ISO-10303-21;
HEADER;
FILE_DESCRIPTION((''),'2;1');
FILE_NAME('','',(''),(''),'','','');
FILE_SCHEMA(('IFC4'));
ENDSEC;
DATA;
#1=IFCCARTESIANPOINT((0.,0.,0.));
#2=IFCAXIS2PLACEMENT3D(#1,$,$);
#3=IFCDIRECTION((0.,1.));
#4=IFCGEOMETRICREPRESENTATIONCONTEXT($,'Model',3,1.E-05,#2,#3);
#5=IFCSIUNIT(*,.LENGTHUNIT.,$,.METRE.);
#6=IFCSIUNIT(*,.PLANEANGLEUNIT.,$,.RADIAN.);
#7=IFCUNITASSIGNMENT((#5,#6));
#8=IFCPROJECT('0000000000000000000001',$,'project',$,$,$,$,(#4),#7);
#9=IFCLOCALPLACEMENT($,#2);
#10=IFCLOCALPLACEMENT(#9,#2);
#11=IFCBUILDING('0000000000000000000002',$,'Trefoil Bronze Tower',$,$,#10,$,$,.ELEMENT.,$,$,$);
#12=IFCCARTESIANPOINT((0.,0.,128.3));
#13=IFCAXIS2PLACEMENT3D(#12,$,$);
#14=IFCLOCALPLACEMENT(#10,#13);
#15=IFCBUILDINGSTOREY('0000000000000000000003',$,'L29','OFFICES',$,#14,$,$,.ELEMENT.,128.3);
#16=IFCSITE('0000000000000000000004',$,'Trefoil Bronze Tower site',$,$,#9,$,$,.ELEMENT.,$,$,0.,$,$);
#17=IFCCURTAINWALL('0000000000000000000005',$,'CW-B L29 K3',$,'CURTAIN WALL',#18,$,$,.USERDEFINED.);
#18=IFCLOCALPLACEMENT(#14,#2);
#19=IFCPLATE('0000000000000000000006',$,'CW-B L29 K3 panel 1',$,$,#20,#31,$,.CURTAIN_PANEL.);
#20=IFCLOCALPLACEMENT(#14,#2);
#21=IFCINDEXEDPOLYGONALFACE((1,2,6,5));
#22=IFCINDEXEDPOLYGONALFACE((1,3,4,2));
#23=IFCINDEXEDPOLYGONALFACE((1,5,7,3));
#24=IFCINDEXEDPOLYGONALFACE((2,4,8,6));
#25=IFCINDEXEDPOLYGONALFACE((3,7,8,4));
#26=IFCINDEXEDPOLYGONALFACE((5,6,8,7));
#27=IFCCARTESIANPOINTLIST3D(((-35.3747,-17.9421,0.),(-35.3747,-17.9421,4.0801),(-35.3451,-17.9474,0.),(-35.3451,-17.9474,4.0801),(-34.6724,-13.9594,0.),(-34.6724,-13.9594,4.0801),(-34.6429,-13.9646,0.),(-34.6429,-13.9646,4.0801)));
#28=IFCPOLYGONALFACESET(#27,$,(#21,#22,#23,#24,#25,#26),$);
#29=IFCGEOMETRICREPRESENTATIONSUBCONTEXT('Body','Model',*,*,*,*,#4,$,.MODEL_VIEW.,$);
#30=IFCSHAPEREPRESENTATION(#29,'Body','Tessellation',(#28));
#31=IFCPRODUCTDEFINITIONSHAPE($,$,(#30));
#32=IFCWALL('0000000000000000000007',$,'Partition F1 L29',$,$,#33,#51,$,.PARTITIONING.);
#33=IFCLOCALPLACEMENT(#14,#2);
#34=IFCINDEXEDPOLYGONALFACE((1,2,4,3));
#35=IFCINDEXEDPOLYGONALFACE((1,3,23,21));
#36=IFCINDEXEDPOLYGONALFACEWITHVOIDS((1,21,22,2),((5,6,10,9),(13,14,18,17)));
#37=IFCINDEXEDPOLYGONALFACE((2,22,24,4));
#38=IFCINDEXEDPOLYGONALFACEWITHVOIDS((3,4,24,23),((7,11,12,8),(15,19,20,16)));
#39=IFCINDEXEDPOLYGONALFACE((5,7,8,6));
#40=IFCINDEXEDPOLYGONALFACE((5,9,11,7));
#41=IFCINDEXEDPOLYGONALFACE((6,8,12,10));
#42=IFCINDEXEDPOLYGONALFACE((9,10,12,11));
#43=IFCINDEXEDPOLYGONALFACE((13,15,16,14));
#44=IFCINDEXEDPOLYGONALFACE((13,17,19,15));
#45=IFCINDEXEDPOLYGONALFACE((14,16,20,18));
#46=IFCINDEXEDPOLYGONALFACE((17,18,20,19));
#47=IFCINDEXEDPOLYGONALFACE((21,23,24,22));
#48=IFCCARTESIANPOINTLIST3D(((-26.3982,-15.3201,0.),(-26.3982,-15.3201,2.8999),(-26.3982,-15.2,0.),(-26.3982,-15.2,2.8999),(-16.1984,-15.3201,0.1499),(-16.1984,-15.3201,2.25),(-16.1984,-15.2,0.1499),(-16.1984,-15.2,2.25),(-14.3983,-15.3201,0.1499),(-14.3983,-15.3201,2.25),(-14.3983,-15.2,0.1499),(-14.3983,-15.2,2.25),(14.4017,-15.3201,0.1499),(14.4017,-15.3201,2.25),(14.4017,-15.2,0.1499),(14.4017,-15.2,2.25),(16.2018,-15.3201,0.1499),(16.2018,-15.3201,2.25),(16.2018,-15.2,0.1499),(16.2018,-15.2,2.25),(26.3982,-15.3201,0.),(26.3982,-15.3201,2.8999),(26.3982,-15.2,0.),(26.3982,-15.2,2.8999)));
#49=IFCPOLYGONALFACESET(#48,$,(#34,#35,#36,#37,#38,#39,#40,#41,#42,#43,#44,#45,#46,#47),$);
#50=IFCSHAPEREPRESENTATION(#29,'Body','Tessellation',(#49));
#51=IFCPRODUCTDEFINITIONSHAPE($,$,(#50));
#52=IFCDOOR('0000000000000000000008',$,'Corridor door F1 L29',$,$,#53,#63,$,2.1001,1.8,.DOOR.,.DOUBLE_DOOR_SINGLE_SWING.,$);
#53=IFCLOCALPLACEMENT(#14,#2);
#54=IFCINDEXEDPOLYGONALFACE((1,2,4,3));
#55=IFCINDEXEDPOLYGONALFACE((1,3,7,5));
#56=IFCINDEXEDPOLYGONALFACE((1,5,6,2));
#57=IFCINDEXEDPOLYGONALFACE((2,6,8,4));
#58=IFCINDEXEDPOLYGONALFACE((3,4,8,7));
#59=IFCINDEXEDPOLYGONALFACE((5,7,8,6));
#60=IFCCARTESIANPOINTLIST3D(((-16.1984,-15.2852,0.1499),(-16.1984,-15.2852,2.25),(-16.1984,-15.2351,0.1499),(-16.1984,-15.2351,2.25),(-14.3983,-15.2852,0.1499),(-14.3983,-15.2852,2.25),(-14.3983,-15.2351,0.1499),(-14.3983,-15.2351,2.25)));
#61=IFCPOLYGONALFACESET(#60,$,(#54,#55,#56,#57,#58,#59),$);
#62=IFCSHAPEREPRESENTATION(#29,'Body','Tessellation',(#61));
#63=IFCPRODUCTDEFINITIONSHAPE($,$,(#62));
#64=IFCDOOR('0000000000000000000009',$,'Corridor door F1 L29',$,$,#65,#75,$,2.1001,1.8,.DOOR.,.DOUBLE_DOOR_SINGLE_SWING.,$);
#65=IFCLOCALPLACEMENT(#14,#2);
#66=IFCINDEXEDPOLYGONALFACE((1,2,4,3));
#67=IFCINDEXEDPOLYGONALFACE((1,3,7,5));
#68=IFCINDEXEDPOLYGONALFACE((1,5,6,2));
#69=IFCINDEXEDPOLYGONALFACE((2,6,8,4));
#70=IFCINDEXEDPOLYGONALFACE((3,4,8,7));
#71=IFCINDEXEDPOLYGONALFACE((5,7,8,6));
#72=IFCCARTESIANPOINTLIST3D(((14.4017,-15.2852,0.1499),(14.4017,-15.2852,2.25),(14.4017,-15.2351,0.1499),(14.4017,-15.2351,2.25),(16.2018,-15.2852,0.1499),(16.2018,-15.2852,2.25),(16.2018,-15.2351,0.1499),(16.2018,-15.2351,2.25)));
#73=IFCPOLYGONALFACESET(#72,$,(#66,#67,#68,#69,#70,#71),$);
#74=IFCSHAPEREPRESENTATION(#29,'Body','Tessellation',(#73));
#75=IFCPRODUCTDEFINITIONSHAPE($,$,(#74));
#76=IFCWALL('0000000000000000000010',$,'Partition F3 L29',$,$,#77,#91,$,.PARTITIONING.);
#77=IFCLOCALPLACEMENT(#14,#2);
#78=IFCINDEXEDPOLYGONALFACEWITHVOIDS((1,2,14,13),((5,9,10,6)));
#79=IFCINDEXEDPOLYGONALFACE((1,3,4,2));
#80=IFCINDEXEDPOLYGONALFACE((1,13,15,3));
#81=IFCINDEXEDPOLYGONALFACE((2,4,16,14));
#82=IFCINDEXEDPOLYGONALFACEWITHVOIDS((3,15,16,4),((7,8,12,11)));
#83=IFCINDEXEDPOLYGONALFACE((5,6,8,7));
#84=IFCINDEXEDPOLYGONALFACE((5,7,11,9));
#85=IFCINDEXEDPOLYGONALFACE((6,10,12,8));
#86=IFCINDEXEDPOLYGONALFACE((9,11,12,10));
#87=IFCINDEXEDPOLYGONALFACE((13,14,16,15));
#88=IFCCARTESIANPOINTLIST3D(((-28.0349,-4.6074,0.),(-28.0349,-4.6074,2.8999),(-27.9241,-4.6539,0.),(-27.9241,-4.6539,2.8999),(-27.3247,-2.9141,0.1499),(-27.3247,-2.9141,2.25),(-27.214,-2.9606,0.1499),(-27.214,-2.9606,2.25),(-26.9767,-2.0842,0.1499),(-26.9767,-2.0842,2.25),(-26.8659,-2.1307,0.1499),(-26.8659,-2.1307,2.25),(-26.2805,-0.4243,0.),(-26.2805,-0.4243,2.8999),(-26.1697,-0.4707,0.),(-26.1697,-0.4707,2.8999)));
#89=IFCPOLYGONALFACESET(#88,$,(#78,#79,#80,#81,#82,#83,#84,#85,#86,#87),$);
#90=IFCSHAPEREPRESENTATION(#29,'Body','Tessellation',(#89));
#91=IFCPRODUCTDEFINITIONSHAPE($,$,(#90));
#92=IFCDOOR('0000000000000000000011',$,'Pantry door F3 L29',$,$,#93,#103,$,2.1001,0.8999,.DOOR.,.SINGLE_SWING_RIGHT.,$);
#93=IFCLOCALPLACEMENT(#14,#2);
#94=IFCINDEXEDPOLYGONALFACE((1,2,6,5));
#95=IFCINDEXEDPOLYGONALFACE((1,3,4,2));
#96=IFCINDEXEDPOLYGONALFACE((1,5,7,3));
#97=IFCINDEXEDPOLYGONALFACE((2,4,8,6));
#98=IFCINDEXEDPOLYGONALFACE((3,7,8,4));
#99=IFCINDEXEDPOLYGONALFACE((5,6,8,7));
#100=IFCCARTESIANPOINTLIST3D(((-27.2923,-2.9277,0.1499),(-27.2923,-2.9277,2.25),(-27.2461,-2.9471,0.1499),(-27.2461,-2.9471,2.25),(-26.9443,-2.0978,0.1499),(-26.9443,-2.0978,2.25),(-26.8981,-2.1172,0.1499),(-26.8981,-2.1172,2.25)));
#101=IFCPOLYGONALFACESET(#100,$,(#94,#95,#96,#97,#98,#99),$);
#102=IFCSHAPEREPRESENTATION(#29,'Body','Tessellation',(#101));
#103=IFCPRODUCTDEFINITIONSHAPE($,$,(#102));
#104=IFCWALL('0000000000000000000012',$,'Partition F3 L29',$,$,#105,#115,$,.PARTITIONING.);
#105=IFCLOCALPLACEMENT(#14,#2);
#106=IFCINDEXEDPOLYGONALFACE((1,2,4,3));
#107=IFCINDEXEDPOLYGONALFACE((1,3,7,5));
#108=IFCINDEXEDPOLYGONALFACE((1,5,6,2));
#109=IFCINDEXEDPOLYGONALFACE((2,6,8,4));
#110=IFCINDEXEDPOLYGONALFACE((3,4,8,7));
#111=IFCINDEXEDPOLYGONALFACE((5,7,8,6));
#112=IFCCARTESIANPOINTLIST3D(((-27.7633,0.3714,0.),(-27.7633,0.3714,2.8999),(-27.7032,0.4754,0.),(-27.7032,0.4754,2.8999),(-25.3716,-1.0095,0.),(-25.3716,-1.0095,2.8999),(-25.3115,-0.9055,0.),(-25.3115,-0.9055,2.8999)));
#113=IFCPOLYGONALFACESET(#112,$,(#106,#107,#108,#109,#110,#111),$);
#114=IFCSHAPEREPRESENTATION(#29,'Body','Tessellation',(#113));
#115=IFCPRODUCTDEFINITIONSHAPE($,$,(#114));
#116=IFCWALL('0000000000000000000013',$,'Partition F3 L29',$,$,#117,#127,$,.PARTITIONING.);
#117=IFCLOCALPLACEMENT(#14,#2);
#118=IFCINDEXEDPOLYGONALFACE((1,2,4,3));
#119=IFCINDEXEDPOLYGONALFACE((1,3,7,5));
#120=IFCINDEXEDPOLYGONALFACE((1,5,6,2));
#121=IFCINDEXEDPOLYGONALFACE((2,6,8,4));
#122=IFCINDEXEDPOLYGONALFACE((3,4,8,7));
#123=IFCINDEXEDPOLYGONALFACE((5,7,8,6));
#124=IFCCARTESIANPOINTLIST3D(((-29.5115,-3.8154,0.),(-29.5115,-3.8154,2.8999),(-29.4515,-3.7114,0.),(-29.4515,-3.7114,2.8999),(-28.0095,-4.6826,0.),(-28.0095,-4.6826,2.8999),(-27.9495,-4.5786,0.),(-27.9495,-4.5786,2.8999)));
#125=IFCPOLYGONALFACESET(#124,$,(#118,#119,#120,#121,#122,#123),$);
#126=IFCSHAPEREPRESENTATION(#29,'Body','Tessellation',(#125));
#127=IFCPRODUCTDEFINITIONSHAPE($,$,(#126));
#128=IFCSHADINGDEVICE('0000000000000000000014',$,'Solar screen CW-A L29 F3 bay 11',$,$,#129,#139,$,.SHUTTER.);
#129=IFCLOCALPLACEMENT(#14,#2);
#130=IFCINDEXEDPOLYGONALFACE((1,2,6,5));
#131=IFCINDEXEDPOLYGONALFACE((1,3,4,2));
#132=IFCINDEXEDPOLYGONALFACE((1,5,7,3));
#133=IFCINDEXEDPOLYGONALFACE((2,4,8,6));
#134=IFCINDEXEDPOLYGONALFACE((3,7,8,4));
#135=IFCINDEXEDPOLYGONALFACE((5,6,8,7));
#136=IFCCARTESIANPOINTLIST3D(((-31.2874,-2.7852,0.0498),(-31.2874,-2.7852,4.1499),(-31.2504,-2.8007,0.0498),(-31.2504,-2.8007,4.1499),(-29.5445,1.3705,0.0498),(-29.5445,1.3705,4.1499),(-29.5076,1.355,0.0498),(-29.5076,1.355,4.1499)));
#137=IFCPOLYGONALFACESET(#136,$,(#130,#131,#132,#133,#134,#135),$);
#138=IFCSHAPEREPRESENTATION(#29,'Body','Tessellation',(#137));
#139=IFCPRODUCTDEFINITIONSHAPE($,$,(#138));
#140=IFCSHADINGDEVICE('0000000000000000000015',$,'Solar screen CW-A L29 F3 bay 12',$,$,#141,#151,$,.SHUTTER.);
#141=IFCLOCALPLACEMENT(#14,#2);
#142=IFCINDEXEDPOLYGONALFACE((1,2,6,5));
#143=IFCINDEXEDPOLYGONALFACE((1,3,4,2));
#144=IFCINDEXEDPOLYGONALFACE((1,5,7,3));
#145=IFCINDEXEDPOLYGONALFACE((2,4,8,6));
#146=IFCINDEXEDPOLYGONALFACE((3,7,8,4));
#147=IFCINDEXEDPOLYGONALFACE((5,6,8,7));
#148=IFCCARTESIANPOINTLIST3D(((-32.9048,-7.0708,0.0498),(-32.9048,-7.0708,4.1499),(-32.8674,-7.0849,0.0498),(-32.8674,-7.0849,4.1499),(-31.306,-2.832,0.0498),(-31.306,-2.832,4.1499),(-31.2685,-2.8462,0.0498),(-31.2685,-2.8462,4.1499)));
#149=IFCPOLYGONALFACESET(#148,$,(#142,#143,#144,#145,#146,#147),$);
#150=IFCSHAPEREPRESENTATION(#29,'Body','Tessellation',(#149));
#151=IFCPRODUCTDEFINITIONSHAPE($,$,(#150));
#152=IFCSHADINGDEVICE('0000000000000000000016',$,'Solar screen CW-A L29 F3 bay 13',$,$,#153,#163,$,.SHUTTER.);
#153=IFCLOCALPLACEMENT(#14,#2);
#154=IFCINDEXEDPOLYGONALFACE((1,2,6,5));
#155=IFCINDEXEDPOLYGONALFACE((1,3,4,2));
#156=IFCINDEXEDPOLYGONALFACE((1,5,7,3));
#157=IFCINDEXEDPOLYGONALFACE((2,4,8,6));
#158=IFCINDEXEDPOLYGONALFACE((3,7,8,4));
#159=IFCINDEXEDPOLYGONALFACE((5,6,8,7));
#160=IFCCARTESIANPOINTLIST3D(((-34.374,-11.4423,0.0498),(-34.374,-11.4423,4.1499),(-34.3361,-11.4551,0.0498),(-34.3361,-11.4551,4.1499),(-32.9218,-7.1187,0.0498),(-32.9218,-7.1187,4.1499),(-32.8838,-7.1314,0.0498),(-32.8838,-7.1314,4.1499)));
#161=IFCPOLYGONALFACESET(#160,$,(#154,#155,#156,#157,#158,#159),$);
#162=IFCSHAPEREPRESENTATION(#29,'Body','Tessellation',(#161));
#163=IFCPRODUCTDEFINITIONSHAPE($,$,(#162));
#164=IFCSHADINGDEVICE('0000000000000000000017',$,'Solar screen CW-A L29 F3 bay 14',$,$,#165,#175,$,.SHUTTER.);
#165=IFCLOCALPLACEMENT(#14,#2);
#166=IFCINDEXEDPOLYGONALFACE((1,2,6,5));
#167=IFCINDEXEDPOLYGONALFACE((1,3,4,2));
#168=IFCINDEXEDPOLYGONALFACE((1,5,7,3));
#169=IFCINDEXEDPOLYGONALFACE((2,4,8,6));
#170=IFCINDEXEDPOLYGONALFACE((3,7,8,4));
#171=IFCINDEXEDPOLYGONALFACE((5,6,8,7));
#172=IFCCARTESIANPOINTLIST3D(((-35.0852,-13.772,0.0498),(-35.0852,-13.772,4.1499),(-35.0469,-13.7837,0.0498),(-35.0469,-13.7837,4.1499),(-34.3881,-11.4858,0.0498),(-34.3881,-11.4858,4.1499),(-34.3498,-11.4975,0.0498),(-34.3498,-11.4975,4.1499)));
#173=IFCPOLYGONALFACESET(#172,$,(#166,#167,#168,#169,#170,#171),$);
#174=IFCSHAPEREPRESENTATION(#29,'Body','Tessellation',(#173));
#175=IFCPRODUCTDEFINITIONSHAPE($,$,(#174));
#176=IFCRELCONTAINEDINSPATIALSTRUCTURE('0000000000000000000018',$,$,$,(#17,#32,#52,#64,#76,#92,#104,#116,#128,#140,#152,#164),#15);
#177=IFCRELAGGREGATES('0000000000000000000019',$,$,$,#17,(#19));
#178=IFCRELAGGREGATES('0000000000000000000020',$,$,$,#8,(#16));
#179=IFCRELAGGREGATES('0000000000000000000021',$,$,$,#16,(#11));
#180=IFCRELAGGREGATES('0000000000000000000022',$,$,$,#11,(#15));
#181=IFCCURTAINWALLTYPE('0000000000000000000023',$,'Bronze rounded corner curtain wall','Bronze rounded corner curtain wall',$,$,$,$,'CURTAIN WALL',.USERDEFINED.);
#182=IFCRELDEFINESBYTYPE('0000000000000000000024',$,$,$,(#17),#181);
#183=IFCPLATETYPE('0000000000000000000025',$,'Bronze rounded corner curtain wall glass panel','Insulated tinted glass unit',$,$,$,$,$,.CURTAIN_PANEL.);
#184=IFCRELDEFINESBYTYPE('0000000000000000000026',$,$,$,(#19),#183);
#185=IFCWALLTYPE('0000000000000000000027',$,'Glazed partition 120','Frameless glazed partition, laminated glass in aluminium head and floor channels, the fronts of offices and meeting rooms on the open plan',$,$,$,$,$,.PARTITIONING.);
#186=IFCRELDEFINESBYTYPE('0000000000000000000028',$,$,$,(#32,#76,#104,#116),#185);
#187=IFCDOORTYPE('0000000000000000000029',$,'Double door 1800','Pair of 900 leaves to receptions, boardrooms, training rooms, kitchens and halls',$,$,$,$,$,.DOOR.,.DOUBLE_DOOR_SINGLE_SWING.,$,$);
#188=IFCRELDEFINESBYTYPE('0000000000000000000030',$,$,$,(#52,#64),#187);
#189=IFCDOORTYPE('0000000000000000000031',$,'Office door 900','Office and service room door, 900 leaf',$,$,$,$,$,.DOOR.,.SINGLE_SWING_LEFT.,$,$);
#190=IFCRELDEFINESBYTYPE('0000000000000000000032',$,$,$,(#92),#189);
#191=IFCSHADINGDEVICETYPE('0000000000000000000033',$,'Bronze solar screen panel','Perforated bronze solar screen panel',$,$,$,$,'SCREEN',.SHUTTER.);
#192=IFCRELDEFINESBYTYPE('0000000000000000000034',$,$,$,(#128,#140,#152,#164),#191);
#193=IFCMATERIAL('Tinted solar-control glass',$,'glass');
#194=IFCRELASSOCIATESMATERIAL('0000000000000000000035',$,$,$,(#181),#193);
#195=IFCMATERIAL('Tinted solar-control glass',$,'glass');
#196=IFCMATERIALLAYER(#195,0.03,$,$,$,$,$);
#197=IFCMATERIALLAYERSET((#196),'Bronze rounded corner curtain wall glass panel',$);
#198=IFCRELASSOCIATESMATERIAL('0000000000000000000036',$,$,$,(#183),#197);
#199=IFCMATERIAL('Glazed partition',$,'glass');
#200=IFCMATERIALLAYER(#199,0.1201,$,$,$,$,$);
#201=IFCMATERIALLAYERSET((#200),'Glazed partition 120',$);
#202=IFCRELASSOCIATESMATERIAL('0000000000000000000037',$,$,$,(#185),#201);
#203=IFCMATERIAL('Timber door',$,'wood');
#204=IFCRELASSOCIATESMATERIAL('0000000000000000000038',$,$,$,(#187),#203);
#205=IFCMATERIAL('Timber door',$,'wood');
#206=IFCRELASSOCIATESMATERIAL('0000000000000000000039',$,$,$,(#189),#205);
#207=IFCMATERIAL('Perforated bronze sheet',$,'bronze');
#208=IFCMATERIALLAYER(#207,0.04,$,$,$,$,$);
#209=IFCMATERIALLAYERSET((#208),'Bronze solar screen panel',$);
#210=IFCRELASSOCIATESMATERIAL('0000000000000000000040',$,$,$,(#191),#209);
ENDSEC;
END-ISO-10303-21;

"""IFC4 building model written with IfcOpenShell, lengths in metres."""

from ifc_helpers import new_model, si_unit, direction, frame, frame_2d, origin, origin_2d, place, context, subcontext, project, spatial, rectangle, extrude, material, layer, layer_set, type_object, element, fill, aggregate, save


model = new_model("IFC4")

# Units and contexts
model_context = context("Model", 3, precision=1e-05, world=origin(), true_north=direction((0.0, 1.0)))
body_context = subcontext(model_context, "Body", "Model", "MODEL_VIEW")
ifc_project = project(units=[si_unit("LENGTHUNIT", "METRE"), si_unit("PLANEANGLEUNIT", "RADIAN")], contexts=[model_context])

# Site, building, storey
site_placement = place(None, origin())
site = spatial("IfcSite", under=ifc_project, at=site_placement, Name="Trefoil Bronze Tower site", CompositionType="ELEMENT", RefElevation=0.0)
building_placement = place(site_placement, origin())
building = spatial("IfcBuilding", under=site, at=building_placement, Name="Trefoil Bronze Tower", CompositionType="ELEMENT")
storey_placement = place(building_placement, frame((0.0, 0.0, 128.3)))
storey = spatial("IfcBuildingStorey", under=building, at=storey_placement, Name="L29", Description="OFFICES", CompositionType="ELEMENT", Elevation=128.3)

# Curtain wall
ifc_material_1 = material(Name="Tinted solar-control glass", Category="glass")
curtain_wall_type_1 = type_object("IfcCurtainWallType", Name="Bronze rounded corner curtain wall", Description="Bronze rounded corner curtain wall", ElementType="CURTAIN WALL", PredefinedType="USERDEFINED", material=ifc_material_1)
curtain_wall_1_placement = place(storey_placement, origin())
curtain_wall_1 = element("IfcCurtainWall", 1, at=curtain_wall_1_placement, inside=storey, type_object=curtain_wall_type_1, Name="CW-B L29 K3", ObjectType="CURTAIN WALL", PredefinedType="USERDEFINED")

# Plate
ifc_material_2 = material(Name="Tinted solar-control glass", Category="glass")
ifc_layer_1 = layer(ifc_material_2, 0.03)
ifc_layer_set_1 = layer_set([ifc_layer_1], Name="Bronze rounded corner curtain wall glass panel")
plate_type_1 = type_object("IfcPlateType", Name="Bronze rounded corner curtain wall glass panel", Description="Insulated tinted glass unit", PredefinedType="CURTAIN_PANEL", material=ifc_layer_set_1)
plate_1_placement = place(storey_placement, frame((-35.0088, -15.9534, 0.0), z_axis=(0.0, 0.0, 1.0), x_axis=(-0.173648, -0.984808, 0.0)))
plate_1 = element("IfcPlate", 2, at=plate_1_placement, type_object=plate_type_1, Name="CW-B L29 K3 panel 1", PredefinedType="CURTAIN_PANEL", context=body_context, shape_type="SweptSolid", body=[
    extrude(rectangle(XDim=4.0442, YDim=0.03, at=origin_2d()), origin(), (0.0, 0.0, 1.0), 4.0801),
])
aggregate(curtain_wall_1, [plate_1])

# Wall, openings, doors
ifc_material_3 = material(Name="Glazed partition", Category="glass")
ifc_layer_2 = layer(ifc_material_3, 0.1201)
ifc_layer_set_2 = layer_set([ifc_layer_2], Name="Glazed partition 120")
wall_type = type_object("IfcWallType", Name="Glazed partition 120", Description="Frameless glazed partition, laminated glass in aluminium head and floor channels, the fronts of offices and meeting rooms on the open plan", PredefinedType="PARTITIONING", material=ifc_layer_set_2)
wall_1_placement = place(storey_placement, frame((-26.3982, -15.26, 0.0), z_axis=(0.0, 0.0, 1.0), x_axis=(1.0, 0.0, 0.0)))
wall_1 = element("IfcWall", 3, at=wall_1_placement, inside=storey, type_object=wall_type, Name="Partition F1 L29", PredefinedType="PARTITIONING", context=body_context, shape_type="SweptSolid", body=[
    extrude(rectangle(XDim=52.7964, YDim=0.1201, at=frame_2d((26.3982, 0.0))), origin(), (0.0, 0.0, 1.0), 2.8999),
])
opening_1_placement = place(wall_1_placement, frame((10.2, 0.0, 0.1499)))
opening_1 = element("IfcOpeningElement", 4, at=opening_1_placement, cuts=wall_1, PredefinedType="OPENING", context=body_context, shape_type="SweptSolid", body=[
    extrude(rectangle(XDim=1.8, YDim=2.1001, at=frame_2d((0.8999, 1.05))), frame((0.0, 0.0701, 0.0), z_axis=(0.0, -1.0, 0.0), x_axis=(1.0, 0.0, 0.0)), (0.0, 0.0, 1.0), 0.1401),
])
opening_2_placement = place(wall_1_placement, frame((40.8, 0.0, 0.1499)))
opening_2 = element("IfcOpeningElement", 5, at=opening_2_placement, cuts=wall_1, PredefinedType="OPENING", context=body_context, shape_type="SweptSolid", body=[
    extrude(rectangle(XDim=1.8, YDim=2.1001, at=frame_2d((0.8999, 1.05))), frame((0.0, 0.0701, 0.0), z_axis=(0.0, -1.0, 0.0), x_axis=(1.0, 0.0, 0.0)), (0.0, 0.0, 1.0), 0.1401),
])
ifc_material_4 = material(Name="Timber door", Category="wood")
door_type_1 = type_object("IfcDoorType", Name="Double door 1800", Description="Pair of 900 leaves to receptions, boardrooms, training rooms, kitchens and halls", OperationType="DOUBLE_DOOR_SINGLE_SWING", PredefinedType="DOOR", material=ifc_material_4)
door_1_placement = place(opening_1_placement, origin())
door_1 = element("IfcDoor", 6, at=door_1_placement, inside=storey, type_object=door_type_1, Name="Corridor door F1 L29", OperationType="DOUBLE_DOOR_SINGLE_SWING", OverallHeight=2.1001, OverallWidth=1.8, PredefinedType="DOOR", context=body_context, shape_type="SweptSolid", body=[
    extrude(rectangle(XDim=1.8, YDim=2.1001, at=frame_2d((0.8999, 1.05))), frame((0.0, 0.0249, 0.0), z_axis=(0.0, -1.0, 0.0), x_axis=(1.0, 0.0, 0.0)), (0.0, 0.0, 1.0), 0.05),
])
fill(opening_1, door_1)
door_2_placement = place(opening_2_placement, origin())
door_2 = element("IfcDoor", 7, at=door_2_placement, inside=storey, type_object=door_type_1, Name="Corridor door F1 L29", OperationType="DOUBLE_DOOR_SINGLE_SWING", OverallHeight=2.1001, OverallWidth=1.8, PredefinedType="DOOR", context=body_context, shape_type="SweptSolid", body=[
    extrude(rectangle(XDim=1.8, YDim=2.1001, at=frame_2d((0.8999, 1.05))), frame((0.0, 0.0249, 0.0), z_axis=(0.0, -1.0, 0.0), x_axis=(1.0, 0.0, 0.0)), (0.0, 0.0, 1.0), 0.05),
])
fill(opening_2, door_2)

# Wall, opening, door
wall_2_placement = place(storey_placement, frame((-26.2251, -0.4475, 0.0), z_axis=(0.0, 0.0, 1.0), x_axis=(-0.386762, -0.92218, 0.0)))
wall_2 = element("IfcWall", 8, at=wall_2_placement, inside=storey, type_object=wall_type, Name="Partition F3 L29", PredefinedType="PARTITIONING", context=body_context, shape_type="SweptSolid", body=[
    extrude(rectangle(XDim=4.5361, YDim=0.1201, at=frame_2d((2.2681, 0.0))), origin(), (0.0, 0.0, 1.0), 2.8999),
])
opening_3_placement = place(wall_2_placement, frame((1.8, 0.0, 0.1499)))
opening_3 = element("IfcOpeningElement", 9, at=opening_3_placement, cuts=wall_2, PredefinedType="OPENING", context=body_context, shape_type="SweptSolid", body=[
    extrude(rectangle(XDim=0.8999, YDim=2.1001, at=frame_2d((0.45, 1.05))), frame((0.0, 0.0701, 0.0), z_axis=(0.0, -1.0, 0.0), x_axis=(1.0, 0.0, 0.0)), (0.0, 0.0, 1.0), 0.1401),
])
ifc_material_5 = material(Name="Timber door", Category="wood")
door_type_2 = type_object("IfcDoorType", Name="Office door 900", Description="Office and service room door, 900 leaf", OperationType="SINGLE_SWING_LEFT", PredefinedType="DOOR", material=ifc_material_5)
door_3_placement = place(opening_3_placement, frame((0.8999, 0.0, 0.0), z_axis=(0.0, 0.0, 1.0), x_axis=(-1.0, 0.0, 0.0)))
door_3 = element("IfcDoor", 10, at=door_3_placement, inside=storey, type_object=door_type_2, Name="Pantry door F3 L29", OperationType="SINGLE_SWING_RIGHT", OverallHeight=2.1001, OverallWidth=0.8999, PredefinedType="DOOR", context=body_context, shape_type="SweptSolid", body=[
    extrude(rectangle(XDim=0.8999, YDim=2.1001, at=frame_2d((0.45, 1.05))), frame((0.0, 0.0249, 0.0), z_axis=(0.0, -1.0, 0.0), x_axis=(1.0, 0.0, 0.0)), (0.0, 0.0, 1.0), 0.05),
])
fill(opening_3, door_3)

# Walls
wall_3_placement = place(storey_placement, frame((-25.3416, -0.9575, 0.0), z_axis=(0.0, 0.0, 1.0), x_axis=(-0.866015, 0.500018, 0.0)))
element("IfcWall", 11, at=wall_3_placement, inside=storey, type_object=wall_type, Name="Partition F3 L29", PredefinedType="PARTITIONING", context=body_context, shape_type="SweptSolid", body=[
    extrude(rectangle(XDim=2.7617, YDim=0.1201, at=frame_2d((1.3809, 0.0))), origin(), (0.0, 0.0, 1.0), 2.8999),
])
wall_4_placement = place(storey_placement, frame((-27.9795, -4.6306, 0.0), z_axis=(0.0, 0.0, 1.0), x_axis=(-0.866017, 0.500015, 0.0)))
element("IfcWall", 12, at=wall_4_placement, inside=storey, type_object=wall_type, Name="Partition F3 L29", PredefinedType="PARTITIONING", context=body_context, shape_type="SweptSolid", body=[
    extrude(rectangle(XDim=1.7344, YDim=0.1201, at=frame_2d((0.8672, 0.0))), origin(), (0.0, 0.0, 1.0), 2.8999),
])

# Shading devices
ifc_material_6 = material(Name="Perforated bronze sheet", Category="bronze")
ifc_layer_3 = layer(ifc_material_6, 0.04)
ifc_layer_set_3 = layer_set([ifc_layer_3], Name="Bronze solar screen panel")
shading_device_type = type_object("IfcShadingDeviceType", Name="Bronze solar screen panel", Description="Perforated bronze solar screen panel", ElementType="SCREEN", PredefinedType="SHUTTER", material=ifc_layer_set_3)
shading_device_1_placement = place(storey_placement, frame((-30.3975, -0.7151, 0.0498), z_axis=(0.0, 0.0, 1.0), x_axis=(-0.386759, -0.922181, 0.0)))
element("IfcShadingDevice", 13, at=shading_device_1_placement, inside=storey, type_object=shading_device_type, Name="Solar screen CW-A L29 F3 bay 11", PredefinedType="SHUTTER", context=body_context, shape_type="SweptSolid", body=[
    extrude(rectangle(XDim=4.5063, YDim=0.04, at=origin_2d()), origin(), (0.0, 0.0, 1.0), 4.1001),
])
shading_device_2_placement = place(storey_placement, frame((-32.0867, -4.9585, 0.0498), z_axis=(0.0, 0.0, 1.0), x_axis=(-0.35292, -0.935654, 0.0)))
element("IfcShadingDevice", 14, at=shading_device_2_placement, inside=storey, type_object=shading_device_type, Name="Solar screen CW-A L29 F3 bay 12", PredefinedType="SHUTTER", context=body_context, shape_type="SweptSolid", body=[
    extrude(rectangle(XDim=4.5303, YDim=0.04, at=origin_2d()), origin(), (0.0, 0.0, 1.0), 4.1001),
])
shading_device_3_placement = place(storey_placement, frame((-33.6289, -9.2869, 0.0498), z_axis=(0.0, 0.0, 1.0), x_axis=(-0.318404, -0.947955, 0.0)))
element("IfcShadingDevice", 15, at=shading_device_3_placement, inside=storey, type_object=shading_device_type, Name="Solar screen CW-A L29 F3 bay 13", PredefinedType="SHUTTER", context=body_context, shape_type="SweptSolid", body=[
    extrude(rectangle(XDim=4.561, YDim=0.04, at=origin_2d()), origin(), (0.0, 0.0, 1.0), 4.1001),
])
shading_device_4_placement = place(storey_placement, frame((-34.7175, -12.6348, 0.0498), z_axis=(0.0, 0.0, 1.0), x_axis=(-0.291669, -0.956519, 0.0)))
element("IfcShadingDevice", 16, at=shading_device_4_placement, inside=storey, type_object=shading_device_type, Name="Solar screen CW-A L29 F3 bay 14", PredefinedType="SHUTTER", context=body_context, shape_type="SweptSolid", body=[
    extrude(rectangle(XDim=2.3901, YDim=0.04, at=origin_2d()), origin(), (0.0, 0.0, 1.0), 4.1001),
])

save(model, "model.ifc")
